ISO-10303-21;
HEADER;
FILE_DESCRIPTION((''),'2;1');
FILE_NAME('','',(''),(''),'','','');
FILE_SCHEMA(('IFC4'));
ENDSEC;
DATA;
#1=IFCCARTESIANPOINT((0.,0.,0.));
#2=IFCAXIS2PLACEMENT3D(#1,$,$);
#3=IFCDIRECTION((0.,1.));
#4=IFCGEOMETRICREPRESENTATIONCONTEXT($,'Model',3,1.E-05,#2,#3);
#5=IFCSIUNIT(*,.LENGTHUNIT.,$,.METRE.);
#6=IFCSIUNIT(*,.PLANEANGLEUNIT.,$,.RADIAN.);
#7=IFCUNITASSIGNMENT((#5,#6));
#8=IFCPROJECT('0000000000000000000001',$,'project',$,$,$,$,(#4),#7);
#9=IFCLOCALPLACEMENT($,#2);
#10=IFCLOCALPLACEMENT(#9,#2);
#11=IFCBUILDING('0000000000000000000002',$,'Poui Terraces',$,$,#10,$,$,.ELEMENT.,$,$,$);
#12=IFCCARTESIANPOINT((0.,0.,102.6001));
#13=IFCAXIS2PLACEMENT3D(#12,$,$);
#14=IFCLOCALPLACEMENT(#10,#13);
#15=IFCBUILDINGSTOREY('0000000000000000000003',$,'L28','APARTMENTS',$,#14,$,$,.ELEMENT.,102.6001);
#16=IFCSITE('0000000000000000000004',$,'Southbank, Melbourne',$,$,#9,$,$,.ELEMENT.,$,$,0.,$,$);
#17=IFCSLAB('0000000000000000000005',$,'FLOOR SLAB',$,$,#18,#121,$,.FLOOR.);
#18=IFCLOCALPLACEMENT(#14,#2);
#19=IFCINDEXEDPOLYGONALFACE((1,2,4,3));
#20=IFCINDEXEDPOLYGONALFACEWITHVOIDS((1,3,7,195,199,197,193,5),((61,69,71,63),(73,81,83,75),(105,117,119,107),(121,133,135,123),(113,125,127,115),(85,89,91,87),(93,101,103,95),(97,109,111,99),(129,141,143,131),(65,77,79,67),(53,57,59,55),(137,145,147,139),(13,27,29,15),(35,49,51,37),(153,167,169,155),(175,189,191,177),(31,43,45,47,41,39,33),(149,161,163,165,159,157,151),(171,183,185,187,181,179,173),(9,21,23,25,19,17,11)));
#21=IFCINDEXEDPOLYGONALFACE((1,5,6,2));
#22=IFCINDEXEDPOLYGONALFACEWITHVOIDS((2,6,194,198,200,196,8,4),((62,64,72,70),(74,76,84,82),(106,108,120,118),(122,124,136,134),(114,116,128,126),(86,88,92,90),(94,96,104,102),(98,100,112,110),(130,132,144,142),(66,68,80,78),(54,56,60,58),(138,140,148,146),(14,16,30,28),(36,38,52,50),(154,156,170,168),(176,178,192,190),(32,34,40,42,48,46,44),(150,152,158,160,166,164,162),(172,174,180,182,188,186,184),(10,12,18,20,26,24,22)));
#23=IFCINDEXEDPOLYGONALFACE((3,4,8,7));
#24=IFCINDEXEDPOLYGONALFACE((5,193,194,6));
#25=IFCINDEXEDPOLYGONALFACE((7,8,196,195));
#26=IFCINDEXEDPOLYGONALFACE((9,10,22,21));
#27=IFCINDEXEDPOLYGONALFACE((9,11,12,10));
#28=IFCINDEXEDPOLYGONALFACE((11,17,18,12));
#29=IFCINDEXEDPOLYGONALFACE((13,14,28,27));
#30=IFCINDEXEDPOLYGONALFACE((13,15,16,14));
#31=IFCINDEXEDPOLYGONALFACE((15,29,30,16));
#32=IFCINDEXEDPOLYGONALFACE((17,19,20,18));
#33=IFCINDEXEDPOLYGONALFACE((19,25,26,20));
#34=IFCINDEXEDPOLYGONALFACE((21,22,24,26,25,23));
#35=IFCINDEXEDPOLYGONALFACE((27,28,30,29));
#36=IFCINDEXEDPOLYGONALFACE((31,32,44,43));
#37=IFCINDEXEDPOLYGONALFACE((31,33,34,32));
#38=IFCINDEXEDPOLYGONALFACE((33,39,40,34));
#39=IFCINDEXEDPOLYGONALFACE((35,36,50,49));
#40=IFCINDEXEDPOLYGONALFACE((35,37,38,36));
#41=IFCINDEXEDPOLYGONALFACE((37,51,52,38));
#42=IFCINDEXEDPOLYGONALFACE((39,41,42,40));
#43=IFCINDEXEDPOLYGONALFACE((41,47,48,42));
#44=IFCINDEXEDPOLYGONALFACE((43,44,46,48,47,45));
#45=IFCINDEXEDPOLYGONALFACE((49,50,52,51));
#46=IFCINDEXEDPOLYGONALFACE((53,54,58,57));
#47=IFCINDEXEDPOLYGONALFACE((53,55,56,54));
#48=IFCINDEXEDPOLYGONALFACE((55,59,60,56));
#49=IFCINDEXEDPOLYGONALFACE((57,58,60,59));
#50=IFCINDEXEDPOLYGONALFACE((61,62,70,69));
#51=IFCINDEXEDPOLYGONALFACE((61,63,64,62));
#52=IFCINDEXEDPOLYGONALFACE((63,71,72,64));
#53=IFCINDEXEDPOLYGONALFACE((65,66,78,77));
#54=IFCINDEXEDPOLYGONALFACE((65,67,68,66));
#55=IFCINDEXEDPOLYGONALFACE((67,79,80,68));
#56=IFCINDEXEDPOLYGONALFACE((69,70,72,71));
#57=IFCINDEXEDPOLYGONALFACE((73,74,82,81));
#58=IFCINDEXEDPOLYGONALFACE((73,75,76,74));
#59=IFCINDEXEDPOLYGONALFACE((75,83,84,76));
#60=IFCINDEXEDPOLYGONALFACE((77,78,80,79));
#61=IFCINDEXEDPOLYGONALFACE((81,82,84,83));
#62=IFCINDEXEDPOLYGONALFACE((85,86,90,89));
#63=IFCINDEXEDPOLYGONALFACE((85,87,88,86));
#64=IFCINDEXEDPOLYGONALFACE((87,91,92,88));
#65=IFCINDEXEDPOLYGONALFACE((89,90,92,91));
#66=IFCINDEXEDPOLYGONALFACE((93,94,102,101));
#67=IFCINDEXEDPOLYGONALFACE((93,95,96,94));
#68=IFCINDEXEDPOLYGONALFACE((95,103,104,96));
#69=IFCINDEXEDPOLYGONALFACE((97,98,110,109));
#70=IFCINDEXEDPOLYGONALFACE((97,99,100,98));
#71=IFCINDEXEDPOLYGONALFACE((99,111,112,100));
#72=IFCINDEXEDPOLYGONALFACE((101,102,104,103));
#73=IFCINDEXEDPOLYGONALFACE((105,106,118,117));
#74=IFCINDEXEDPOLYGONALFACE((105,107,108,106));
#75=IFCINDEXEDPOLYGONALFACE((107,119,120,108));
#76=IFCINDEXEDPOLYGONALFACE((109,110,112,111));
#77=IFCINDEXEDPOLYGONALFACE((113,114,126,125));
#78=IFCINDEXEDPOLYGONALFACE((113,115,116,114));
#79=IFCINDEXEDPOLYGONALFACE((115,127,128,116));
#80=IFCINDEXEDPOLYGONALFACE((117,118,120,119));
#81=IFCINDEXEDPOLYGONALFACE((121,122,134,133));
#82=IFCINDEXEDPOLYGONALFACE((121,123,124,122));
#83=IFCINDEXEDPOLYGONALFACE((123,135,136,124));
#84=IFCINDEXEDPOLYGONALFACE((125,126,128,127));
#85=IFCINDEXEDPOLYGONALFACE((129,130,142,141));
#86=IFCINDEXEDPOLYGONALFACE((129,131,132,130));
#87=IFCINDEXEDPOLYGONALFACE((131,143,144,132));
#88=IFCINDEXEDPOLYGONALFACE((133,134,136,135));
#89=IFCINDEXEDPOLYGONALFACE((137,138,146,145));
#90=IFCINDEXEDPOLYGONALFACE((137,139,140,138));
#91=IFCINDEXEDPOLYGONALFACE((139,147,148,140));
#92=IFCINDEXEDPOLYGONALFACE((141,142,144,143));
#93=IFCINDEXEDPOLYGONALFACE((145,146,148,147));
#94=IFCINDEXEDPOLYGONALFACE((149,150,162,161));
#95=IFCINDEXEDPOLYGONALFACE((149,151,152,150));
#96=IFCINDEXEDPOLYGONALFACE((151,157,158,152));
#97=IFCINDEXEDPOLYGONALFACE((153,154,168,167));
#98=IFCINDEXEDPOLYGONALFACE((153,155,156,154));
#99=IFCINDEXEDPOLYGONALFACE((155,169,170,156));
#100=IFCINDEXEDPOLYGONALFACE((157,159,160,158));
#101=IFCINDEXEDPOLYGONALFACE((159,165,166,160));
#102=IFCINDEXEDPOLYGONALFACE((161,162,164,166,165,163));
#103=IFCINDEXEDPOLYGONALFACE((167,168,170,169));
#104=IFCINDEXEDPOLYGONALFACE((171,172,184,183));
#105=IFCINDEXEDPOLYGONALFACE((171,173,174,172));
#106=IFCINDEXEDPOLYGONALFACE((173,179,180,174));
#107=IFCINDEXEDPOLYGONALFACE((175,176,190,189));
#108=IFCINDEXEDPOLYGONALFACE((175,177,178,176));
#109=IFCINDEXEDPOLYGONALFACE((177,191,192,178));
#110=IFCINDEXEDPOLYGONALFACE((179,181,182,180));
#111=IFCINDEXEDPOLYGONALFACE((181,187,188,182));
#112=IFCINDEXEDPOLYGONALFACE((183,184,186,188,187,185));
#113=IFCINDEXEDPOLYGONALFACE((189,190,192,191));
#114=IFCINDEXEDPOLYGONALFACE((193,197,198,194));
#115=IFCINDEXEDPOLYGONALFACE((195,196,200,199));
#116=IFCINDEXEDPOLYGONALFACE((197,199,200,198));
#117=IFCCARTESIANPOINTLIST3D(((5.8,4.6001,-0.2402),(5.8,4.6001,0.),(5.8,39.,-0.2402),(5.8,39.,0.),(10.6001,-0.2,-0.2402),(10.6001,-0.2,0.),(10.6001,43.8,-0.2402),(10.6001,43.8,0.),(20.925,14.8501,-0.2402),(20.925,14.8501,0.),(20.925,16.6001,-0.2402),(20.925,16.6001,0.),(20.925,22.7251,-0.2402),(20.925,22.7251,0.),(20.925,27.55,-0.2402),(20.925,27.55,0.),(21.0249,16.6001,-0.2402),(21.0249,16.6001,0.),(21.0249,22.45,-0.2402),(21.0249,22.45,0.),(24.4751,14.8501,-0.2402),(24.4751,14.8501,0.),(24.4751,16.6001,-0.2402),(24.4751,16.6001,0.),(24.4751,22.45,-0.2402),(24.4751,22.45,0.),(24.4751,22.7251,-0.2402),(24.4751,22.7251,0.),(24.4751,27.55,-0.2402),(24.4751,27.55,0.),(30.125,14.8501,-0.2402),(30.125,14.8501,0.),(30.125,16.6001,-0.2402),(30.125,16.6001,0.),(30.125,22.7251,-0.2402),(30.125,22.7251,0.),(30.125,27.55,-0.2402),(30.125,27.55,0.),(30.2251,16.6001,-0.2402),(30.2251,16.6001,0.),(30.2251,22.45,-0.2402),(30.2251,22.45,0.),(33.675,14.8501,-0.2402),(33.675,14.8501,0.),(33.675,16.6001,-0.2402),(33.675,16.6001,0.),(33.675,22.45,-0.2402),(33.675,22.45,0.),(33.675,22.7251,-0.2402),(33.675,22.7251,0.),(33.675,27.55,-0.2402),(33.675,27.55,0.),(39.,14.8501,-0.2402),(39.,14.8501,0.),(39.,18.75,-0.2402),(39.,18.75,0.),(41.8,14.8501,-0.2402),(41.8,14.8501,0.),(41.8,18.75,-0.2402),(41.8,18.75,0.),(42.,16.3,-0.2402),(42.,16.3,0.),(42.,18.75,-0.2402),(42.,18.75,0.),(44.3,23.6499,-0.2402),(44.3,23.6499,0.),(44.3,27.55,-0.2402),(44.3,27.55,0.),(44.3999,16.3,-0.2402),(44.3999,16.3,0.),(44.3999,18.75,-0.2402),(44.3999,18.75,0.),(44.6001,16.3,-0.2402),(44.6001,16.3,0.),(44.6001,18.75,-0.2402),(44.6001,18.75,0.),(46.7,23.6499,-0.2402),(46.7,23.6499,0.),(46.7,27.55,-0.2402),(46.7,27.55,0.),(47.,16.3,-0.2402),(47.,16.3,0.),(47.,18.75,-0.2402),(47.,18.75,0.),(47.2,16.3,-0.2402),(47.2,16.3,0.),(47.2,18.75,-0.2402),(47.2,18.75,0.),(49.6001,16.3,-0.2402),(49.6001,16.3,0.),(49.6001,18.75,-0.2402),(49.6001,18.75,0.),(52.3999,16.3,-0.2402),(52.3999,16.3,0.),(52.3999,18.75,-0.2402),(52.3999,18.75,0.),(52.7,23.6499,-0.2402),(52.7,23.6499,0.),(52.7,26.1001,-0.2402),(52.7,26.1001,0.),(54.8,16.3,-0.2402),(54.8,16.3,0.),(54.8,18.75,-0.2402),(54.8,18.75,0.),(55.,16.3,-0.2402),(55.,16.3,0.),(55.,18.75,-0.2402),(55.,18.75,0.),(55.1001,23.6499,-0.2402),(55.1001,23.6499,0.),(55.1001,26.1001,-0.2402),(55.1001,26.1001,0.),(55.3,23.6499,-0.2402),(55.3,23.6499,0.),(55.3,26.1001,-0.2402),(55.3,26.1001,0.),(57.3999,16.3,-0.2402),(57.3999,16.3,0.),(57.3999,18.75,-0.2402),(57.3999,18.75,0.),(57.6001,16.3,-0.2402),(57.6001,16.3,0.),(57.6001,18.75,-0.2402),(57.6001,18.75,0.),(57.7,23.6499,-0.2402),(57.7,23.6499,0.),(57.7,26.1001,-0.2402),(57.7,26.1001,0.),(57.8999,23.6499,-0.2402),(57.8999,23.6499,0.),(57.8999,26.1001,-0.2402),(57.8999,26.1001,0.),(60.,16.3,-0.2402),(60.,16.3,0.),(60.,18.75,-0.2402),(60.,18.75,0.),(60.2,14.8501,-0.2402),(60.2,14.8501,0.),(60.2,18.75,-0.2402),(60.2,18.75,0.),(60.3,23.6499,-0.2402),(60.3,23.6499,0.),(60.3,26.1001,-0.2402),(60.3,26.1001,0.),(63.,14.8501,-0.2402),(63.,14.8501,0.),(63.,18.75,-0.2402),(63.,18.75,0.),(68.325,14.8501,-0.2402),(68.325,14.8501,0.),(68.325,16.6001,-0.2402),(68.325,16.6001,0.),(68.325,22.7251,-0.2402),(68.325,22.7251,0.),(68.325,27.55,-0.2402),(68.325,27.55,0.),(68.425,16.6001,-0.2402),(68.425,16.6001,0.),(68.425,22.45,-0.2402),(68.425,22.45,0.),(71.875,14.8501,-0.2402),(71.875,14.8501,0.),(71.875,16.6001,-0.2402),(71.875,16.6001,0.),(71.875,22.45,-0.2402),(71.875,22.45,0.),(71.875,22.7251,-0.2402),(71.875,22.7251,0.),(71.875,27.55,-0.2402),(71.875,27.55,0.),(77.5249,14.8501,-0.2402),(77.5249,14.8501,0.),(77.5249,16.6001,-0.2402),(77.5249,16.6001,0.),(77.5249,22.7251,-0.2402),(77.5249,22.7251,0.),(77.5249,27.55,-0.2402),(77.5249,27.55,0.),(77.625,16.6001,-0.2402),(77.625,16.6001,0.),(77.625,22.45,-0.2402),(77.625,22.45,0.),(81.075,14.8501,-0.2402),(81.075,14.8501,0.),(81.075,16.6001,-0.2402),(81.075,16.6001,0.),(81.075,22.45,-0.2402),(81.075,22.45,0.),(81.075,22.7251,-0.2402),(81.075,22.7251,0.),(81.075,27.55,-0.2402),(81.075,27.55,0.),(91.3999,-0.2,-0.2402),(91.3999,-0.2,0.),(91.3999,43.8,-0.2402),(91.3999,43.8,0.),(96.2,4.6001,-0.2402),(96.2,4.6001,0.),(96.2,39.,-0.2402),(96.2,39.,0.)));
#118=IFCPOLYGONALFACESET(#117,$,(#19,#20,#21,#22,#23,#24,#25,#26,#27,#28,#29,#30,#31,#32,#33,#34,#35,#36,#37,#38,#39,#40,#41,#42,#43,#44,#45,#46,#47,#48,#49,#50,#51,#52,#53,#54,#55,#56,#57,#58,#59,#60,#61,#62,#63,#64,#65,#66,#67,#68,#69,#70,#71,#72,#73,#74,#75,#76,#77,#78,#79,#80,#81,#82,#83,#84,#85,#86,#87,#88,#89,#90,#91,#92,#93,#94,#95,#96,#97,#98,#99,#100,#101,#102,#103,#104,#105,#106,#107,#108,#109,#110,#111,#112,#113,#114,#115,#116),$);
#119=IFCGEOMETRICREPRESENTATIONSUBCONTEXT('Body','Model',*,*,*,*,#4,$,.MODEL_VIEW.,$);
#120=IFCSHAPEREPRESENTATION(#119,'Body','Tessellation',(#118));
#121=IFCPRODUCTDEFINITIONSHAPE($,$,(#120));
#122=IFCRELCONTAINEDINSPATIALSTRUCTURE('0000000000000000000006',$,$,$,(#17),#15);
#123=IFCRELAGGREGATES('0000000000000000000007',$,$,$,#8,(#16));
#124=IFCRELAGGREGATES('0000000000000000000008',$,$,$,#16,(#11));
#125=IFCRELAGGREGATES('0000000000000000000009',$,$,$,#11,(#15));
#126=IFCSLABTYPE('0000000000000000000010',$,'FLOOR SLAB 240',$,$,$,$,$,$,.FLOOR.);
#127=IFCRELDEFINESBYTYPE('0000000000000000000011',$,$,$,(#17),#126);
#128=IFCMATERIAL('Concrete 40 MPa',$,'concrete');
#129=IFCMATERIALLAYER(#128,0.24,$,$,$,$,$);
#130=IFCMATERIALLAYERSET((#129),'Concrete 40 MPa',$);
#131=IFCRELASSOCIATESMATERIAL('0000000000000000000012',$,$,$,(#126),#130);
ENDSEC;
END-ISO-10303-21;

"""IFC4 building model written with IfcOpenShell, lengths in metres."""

from ifc_helpers import new_model, si_unit, direction, frame, origin, place, context, subcontext, project, spatial, polyline, outline, extrude, source, transform, mapped, material, layer, layer_set, type_object, element, save


model = new_model("IFC4")

# Units and contexts
model_context = context("Model", 3, precision=1e-05, world=origin(), true_north=direction((0.0, 1.0)))
body_context = subcontext(model_context, "Body", "Model", "MODEL_VIEW")
ifc_project = project(units=[si_unit("LENGTHUNIT", "METRE"), si_unit("PLANEANGLEUNIT", "RADIAN")], contexts=[model_context])

# Site, building, storey
site_placement = place(None, origin())
site = spatial("IfcSite", under=ifc_project, at=site_placement, Name="Southbank, Melbourne", CompositionType="ELEMENT", RefElevation=0.0)
building_placement = place(site_placement, origin())
building = spatial("IfcBuilding", under=site, at=building_placement, Name="Poui Terraces", CompositionType="ELEMENT")
storey_placement = place(building_placement, frame((0.0, 0.0, 102.6001)))
storey = spatial("IfcBuildingStorey", under=building, at=storey_placement, Name="L28", Description="APARTMENTS", CompositionType="ELEMENT", Elevation=102.6001)

# Slab
ifc_material_1 = material(Name="Concrete 40 MPa", Category="concrete")
ifc_layer_1 = layer(ifc_material_1, 0.24)
ifc_layer_set_1 = layer_set([ifc_layer_1], Name="Concrete 40 MPa")
slab_type_1 = type_object("IfcSlabType", Name="FLOOR SLAB 240", PredefinedType="FLOOR", material=ifc_layer_set_1)
shared_shape = source(origin(), body_context, "Body", "SweptSolid", [
    extrude(outline(polyline([(0.0, 0.0), (4.8, -4.8), (85.5999, -4.8), (90.3999, 0.0), (90.3999, 34.3999), (85.5999, 39.2), (4.8, 39.2), (0.0, 34.3999), (0.0, 0.0)]), holes=[polyline([(33.2, 10.25), (33.2, 14.1499), (36.0, 14.1499), (36.0, 10.25), (33.2, 10.25)]), polyline([(36.2, 11.7), (36.2, 14.1499), (38.5999, 14.1499), (38.5999, 11.7), (36.2, 11.7)]), polyline([(38.8, 11.7), (38.8, 14.1499), (41.2, 14.1499), (41.2, 11.7), (38.8, 11.7)]), polyline([(41.3999, 14.1499), (43.8, 14.1499), (43.8, 11.7), (41.3999, 11.7), (41.3999, 14.1499)]), polyline([(46.5999, 14.1499), (49.0, 14.1499), (49.0, 11.7), (46.5999, 11.7), (46.5999, 14.1499)]), polyline([(15.2249, 17.8499), (18.675, 17.8499), (18.675, 12.0), (18.675, 10.25), (15.125, 10.25), (15.125, 12.0), (15.2249, 12.0), (15.2249, 17.8499)]), polyline([(24.425, 17.8499), (27.875, 17.8499), (27.875, 12.0), (27.875, 10.25), (24.325, 10.25), (24.325, 12.0), (24.425, 12.0), (24.425, 17.8499)]), polyline([(15.125, 18.125), (15.125, 22.95), (18.675, 22.95), (18.675, 18.125), (15.125, 18.125)]), polyline([(24.325, 22.95), (27.875, 22.95), (27.875, 18.125), (24.325, 18.125), (24.325, 22.95)]), polyline([(38.5, 22.95), (40.8999, 22.95), (40.8999, 19.0498), (38.5, 19.0498), (38.5, 22.95)]), polyline([(54.3999, 10.25), (54.3999, 14.1499), (57.2, 14.1499), (57.2, 10.25), (54.3999, 10.25)]), polyline([(49.2, 11.7), (49.2, 14.1499), (51.5999, 14.1499), (51.5999, 11.7), (49.2, 11.7)]), polyline([(51.8, 11.7), (51.8, 14.1499), (54.2, 14.1499), (54.2, 11.7), (51.8, 11.7)]), polyline([(66.075, 17.8499), (66.075, 12.0), (66.075, 10.25), (62.5249, 10.25), (62.5249, 12.0), (62.625, 12.0), (62.625, 17.8499), (66.075, 17.8499)]), polyline([(75.2749, 17.8499), (75.2749, 12.0), (75.2749, 10.25), (71.7249, 10.25), (71.7249, 12.0), (71.825, 12.0), (71.825, 17.8499), (75.2749, 17.8499)]), polyline([(46.8999, 19.0498), (46.8999, 21.5), (49.3, 21.5), (49.3, 19.0498), (46.8999, 19.0498)]), polyline([(49.5, 19.0498), (49.5, 21.5), (51.8999, 21.5), (51.8999, 19.0498), (49.5, 19.0498)]), polyline([(52.0999, 19.0498), (52.0999, 21.5), (54.5, 21.5), (54.5, 19.0498), (52.0999, 19.0498)]), polyline([(62.5249, 22.95), (66.075, 22.95), (66.075, 18.125), (62.5249, 18.125), (62.5249, 22.95)]), polyline([(71.7249, 22.95), (75.2749, 22.95), (75.2749, 18.125), (71.7249, 18.125), (71.7249, 22.95)])]), origin(), (0.0, 0.0, 1.0), 0.2402),
])
slab_1_placement = place(storey_placement, frame((5.8, 4.6001, -0.2402)))
element("IfcSlab", 1, at=slab_1_placement, inside=storey, type_object=slab_type_1, Name="FLOOR SLAB", PredefinedType="FLOOR", context=body_context, shape_type="MappedRepresentation", body=[
    mapped(shared_shape, transform((0.0, 0.0, 0.0))),
])

save(model, "model.ifc")
